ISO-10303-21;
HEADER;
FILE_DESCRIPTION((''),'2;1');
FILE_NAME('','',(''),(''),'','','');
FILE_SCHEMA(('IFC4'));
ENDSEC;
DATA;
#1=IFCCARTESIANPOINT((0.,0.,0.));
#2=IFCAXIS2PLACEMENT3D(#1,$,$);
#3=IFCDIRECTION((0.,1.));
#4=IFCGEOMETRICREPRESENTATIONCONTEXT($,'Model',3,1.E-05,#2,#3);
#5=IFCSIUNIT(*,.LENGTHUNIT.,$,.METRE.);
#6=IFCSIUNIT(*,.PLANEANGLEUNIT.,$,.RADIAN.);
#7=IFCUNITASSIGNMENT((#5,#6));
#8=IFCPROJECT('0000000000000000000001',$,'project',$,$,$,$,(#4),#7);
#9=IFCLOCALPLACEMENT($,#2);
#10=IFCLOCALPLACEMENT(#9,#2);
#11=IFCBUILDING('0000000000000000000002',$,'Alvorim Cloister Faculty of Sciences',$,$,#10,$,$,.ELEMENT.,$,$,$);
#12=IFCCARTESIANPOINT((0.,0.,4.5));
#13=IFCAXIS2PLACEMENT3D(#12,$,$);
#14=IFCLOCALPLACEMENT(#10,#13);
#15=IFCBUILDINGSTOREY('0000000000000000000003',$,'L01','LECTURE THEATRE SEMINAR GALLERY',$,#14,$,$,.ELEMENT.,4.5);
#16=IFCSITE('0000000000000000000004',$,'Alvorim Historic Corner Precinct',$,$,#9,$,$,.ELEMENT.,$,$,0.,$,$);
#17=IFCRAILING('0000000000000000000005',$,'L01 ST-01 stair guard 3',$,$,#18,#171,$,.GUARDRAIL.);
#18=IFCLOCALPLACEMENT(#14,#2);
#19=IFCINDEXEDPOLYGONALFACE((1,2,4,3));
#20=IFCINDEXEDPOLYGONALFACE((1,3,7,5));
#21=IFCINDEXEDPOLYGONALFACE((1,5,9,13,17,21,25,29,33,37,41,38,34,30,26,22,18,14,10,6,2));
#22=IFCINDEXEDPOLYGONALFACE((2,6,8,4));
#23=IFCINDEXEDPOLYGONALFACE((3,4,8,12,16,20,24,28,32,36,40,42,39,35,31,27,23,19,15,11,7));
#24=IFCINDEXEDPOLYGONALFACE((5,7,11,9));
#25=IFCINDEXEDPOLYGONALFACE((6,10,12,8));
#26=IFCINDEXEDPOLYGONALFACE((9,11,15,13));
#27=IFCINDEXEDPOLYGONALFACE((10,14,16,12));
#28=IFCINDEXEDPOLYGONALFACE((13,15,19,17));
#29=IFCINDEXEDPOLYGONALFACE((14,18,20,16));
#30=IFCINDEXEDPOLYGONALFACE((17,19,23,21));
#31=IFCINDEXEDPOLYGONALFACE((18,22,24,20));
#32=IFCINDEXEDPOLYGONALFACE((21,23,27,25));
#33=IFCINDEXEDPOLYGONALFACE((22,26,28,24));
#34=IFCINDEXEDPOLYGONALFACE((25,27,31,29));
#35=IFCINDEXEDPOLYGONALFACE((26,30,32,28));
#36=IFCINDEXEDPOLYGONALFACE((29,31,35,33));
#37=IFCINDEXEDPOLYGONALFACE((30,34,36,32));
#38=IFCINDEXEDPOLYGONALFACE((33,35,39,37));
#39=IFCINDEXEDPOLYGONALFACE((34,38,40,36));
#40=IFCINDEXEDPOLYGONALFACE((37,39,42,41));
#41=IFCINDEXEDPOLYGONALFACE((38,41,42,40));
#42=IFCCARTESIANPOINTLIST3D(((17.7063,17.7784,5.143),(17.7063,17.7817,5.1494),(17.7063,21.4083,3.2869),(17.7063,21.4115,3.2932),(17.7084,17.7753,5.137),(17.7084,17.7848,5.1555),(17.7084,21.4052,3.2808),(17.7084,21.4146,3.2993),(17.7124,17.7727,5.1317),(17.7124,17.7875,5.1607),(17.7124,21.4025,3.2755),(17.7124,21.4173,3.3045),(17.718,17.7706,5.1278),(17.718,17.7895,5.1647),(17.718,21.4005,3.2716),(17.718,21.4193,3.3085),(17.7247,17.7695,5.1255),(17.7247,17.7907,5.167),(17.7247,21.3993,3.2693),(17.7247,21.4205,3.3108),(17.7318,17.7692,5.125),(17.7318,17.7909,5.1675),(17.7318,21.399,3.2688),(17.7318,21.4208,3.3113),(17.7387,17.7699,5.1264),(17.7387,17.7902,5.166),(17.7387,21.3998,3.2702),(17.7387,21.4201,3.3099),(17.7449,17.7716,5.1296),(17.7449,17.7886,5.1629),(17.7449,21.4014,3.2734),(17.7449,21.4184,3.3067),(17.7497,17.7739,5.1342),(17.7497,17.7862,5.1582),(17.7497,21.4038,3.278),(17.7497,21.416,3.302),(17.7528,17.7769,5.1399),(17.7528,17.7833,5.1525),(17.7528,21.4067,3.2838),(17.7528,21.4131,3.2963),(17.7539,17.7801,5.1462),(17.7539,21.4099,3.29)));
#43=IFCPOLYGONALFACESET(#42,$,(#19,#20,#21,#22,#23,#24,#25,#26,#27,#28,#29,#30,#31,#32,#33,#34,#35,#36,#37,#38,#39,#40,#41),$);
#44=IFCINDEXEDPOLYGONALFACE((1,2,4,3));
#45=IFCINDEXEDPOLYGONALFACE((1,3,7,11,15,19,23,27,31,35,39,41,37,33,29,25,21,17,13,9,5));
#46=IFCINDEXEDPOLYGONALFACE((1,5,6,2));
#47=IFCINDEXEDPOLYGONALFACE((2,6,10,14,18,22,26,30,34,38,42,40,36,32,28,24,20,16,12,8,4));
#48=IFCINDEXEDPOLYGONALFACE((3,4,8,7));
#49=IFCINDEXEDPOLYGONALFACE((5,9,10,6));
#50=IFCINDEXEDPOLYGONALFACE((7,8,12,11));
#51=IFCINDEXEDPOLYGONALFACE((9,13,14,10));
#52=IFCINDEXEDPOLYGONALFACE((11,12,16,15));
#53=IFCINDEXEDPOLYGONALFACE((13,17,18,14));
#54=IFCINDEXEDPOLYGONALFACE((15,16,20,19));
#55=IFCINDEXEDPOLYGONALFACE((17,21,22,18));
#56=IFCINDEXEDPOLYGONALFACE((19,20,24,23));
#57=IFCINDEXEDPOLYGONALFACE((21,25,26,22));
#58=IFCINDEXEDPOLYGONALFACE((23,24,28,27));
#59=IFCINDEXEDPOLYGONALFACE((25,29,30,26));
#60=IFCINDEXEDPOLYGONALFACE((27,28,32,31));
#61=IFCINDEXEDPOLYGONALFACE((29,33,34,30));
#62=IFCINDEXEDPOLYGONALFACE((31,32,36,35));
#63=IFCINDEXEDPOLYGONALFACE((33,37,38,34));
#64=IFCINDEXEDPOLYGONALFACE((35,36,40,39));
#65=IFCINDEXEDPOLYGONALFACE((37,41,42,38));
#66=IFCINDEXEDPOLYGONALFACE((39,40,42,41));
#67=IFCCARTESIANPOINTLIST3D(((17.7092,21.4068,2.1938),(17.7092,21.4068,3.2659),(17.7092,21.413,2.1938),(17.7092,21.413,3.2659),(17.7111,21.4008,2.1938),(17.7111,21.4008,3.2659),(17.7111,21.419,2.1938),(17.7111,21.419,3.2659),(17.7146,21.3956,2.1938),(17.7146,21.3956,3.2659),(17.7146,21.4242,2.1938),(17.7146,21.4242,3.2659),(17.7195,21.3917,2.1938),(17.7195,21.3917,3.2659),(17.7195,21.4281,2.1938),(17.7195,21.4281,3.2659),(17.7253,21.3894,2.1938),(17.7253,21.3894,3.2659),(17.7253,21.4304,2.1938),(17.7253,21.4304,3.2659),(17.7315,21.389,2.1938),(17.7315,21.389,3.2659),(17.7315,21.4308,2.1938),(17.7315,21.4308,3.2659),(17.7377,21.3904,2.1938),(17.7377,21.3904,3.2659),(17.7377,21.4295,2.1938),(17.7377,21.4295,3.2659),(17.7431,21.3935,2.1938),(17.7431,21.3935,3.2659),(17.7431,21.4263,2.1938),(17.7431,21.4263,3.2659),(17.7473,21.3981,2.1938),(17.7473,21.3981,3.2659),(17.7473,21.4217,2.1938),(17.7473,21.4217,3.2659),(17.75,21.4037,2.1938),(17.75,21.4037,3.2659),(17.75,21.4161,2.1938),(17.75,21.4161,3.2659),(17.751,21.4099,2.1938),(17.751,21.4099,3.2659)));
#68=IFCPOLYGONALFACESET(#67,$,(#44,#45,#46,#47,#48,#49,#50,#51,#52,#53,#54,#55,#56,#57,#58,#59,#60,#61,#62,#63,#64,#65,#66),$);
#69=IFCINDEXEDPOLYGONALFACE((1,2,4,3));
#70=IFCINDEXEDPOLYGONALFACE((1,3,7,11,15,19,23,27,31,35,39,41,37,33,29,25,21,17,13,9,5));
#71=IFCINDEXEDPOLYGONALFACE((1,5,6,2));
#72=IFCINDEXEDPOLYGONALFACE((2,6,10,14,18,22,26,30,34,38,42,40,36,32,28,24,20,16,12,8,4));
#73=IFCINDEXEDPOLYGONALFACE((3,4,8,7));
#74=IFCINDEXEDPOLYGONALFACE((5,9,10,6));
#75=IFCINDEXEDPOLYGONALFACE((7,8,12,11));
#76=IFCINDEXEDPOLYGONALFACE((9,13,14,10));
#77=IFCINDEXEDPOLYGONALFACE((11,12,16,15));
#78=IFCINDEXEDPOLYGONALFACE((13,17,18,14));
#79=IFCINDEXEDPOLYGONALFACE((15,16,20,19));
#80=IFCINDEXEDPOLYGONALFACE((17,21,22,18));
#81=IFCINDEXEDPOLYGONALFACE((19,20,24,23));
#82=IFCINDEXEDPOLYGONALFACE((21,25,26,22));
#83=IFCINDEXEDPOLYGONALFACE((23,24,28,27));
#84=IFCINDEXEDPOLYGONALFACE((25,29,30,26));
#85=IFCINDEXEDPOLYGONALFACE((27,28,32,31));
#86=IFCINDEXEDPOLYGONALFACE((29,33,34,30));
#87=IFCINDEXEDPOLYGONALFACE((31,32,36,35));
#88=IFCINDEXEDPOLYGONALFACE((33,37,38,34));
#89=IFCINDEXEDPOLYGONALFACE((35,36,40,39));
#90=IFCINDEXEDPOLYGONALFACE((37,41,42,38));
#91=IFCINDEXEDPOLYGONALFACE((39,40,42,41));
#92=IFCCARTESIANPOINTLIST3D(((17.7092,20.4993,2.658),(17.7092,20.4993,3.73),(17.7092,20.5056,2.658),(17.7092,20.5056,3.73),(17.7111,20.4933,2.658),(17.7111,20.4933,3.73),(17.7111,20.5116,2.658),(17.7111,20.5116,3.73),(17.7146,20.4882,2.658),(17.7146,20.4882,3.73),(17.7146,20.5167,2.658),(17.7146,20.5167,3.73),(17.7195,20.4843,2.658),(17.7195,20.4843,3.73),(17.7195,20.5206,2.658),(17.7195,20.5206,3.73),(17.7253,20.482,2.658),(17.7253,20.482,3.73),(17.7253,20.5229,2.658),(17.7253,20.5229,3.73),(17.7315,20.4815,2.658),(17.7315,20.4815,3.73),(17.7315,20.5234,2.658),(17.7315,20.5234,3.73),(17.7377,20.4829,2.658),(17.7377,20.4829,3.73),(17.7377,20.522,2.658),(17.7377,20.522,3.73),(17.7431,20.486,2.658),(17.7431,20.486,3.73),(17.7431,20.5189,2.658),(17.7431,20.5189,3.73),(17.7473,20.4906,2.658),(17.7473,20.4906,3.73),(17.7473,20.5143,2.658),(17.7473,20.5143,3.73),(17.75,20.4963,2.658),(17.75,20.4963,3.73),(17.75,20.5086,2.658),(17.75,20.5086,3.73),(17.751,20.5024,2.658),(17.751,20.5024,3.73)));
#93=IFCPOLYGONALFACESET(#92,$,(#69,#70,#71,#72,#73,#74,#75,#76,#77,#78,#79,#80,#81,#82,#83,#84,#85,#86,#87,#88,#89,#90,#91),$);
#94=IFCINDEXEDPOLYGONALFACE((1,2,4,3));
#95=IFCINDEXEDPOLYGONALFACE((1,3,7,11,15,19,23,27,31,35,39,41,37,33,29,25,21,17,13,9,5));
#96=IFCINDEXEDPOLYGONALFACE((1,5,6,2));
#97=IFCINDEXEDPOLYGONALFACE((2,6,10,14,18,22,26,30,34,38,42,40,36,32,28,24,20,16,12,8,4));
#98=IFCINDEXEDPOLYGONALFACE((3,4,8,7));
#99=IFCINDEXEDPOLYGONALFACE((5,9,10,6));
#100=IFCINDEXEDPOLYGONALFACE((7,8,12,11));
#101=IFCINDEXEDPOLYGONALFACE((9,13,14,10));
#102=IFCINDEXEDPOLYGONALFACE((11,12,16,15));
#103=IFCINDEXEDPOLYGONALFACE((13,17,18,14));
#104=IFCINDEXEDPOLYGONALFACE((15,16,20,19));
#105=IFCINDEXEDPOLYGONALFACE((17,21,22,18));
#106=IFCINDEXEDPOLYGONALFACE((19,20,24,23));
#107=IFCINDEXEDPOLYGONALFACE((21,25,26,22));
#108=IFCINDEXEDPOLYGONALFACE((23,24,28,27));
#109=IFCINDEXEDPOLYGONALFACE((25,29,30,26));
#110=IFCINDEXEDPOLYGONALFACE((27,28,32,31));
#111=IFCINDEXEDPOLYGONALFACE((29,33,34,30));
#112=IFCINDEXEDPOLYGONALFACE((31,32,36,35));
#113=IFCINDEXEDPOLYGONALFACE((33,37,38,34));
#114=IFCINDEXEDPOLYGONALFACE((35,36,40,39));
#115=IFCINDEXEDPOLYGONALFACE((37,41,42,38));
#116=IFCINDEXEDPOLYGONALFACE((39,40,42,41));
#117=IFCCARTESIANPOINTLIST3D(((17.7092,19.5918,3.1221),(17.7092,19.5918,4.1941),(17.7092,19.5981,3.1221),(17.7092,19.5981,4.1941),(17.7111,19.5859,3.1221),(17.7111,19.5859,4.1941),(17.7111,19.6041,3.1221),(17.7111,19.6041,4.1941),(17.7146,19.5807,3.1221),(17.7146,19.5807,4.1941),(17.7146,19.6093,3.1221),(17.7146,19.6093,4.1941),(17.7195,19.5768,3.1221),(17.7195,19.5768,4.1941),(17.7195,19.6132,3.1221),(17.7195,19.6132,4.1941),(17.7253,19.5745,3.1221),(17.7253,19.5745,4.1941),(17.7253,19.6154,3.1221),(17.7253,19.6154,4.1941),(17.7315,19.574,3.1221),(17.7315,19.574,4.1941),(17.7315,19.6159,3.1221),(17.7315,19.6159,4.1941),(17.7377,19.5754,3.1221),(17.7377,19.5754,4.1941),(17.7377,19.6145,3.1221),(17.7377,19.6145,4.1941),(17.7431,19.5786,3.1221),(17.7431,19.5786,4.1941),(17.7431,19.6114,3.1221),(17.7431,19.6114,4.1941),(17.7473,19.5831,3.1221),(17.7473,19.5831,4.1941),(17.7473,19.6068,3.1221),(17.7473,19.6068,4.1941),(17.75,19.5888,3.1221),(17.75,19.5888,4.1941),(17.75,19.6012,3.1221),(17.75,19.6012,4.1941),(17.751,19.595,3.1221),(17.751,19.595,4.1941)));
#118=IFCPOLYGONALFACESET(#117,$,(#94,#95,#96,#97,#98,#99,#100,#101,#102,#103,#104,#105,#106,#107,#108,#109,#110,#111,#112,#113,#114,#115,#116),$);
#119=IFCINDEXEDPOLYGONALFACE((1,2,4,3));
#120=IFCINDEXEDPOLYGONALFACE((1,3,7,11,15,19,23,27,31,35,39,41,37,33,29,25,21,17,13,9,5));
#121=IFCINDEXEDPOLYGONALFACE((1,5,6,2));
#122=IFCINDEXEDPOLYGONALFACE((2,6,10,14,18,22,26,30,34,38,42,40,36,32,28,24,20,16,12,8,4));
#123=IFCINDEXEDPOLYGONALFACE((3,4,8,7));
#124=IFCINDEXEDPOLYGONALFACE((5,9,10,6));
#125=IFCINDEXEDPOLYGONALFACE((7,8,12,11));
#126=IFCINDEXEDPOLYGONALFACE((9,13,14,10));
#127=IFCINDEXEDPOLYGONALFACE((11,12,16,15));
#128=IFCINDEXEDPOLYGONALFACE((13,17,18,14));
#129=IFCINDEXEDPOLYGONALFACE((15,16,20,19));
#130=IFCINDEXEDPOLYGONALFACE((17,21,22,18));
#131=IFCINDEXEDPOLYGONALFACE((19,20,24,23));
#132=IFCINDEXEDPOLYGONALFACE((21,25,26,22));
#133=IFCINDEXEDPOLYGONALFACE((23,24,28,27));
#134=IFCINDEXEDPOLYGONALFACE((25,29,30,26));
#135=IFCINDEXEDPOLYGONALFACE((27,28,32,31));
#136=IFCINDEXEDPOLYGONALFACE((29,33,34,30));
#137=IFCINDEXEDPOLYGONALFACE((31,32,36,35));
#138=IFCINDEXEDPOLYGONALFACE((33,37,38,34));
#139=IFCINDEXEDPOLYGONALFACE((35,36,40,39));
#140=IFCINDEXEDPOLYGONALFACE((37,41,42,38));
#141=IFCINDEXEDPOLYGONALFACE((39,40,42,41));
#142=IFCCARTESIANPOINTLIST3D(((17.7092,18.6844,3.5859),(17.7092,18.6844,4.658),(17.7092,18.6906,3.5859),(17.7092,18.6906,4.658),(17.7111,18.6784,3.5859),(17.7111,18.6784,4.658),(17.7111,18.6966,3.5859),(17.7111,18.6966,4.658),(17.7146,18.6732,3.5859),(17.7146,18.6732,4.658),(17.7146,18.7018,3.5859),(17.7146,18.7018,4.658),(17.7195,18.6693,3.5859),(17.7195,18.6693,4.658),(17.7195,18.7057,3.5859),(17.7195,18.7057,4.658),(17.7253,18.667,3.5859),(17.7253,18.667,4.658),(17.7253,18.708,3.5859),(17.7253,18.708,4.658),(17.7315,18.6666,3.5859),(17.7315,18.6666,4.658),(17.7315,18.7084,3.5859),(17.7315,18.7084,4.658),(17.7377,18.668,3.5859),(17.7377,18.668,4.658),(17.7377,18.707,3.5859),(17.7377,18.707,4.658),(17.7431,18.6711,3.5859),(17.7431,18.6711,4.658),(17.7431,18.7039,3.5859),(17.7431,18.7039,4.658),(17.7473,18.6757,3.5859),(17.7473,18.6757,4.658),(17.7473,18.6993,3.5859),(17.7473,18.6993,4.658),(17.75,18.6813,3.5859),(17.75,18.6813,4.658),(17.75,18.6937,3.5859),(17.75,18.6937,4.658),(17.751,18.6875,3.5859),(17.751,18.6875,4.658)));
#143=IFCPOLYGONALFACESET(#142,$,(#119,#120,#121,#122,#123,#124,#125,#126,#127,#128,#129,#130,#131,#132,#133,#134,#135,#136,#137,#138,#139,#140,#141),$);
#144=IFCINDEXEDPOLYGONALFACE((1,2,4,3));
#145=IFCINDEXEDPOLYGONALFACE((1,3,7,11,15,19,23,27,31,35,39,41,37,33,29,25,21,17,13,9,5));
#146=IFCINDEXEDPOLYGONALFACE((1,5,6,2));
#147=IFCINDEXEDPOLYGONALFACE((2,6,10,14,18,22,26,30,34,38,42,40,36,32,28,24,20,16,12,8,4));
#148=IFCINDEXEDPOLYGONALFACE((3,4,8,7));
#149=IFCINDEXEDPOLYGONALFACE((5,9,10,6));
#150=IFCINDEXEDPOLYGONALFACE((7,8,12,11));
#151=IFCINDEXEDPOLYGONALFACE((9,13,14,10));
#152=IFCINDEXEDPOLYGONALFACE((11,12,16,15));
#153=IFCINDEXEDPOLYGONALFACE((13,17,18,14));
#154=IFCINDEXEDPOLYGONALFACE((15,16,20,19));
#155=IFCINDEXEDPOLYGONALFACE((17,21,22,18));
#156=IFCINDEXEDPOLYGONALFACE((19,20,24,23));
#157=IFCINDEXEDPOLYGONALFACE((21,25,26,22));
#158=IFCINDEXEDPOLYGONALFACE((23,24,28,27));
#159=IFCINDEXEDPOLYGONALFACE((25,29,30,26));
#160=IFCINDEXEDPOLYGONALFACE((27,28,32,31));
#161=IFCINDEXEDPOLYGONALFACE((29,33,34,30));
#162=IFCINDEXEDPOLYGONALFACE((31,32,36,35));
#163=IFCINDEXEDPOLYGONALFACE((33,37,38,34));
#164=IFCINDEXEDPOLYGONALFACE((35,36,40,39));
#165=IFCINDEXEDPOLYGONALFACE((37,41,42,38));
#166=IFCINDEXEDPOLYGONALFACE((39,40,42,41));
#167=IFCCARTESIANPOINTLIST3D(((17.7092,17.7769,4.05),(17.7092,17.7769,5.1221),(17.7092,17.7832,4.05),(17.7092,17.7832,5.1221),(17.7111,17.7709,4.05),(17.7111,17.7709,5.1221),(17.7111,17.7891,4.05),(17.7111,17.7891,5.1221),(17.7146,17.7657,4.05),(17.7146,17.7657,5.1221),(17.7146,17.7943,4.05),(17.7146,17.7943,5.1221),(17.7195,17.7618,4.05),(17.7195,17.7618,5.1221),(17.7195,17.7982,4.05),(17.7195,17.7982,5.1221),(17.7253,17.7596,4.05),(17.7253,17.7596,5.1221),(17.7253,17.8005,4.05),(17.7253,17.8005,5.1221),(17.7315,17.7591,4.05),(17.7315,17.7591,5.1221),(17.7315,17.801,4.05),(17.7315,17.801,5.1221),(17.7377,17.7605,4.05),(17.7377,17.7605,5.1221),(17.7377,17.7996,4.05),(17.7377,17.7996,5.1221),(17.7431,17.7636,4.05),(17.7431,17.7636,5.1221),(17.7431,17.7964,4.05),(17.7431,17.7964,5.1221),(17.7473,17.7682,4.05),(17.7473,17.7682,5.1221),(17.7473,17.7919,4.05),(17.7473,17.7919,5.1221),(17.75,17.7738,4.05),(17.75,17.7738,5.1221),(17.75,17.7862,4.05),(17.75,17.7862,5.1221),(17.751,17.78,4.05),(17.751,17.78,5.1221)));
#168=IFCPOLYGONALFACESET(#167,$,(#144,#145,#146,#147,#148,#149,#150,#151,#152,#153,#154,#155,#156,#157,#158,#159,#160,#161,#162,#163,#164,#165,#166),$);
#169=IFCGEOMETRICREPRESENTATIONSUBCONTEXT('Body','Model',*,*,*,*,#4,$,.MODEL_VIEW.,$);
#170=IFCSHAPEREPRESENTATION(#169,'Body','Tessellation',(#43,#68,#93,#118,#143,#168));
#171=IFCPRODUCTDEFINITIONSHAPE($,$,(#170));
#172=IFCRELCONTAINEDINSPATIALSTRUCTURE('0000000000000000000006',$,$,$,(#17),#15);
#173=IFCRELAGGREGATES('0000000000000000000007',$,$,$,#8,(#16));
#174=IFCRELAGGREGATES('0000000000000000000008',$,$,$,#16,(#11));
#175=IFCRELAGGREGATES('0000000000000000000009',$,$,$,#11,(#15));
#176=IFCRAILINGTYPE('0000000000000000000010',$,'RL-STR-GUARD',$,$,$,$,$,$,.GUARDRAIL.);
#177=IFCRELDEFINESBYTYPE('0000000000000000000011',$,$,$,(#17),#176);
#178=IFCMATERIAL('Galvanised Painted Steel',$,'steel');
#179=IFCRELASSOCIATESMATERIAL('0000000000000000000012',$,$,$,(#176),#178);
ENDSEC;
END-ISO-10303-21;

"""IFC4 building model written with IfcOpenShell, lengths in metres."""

from ifc_helpers import new_model, si_unit, direction, frame, origin, origin_2d, place, context, subcontext, project, spatial, circle, extrude, material, type_object, element, save


model = new_model("IFC4")

# Units and contexts
model_context = context("Model", 3, precision=1e-05, world=origin(), true_north=direction((0.0, 1.0)))
body_context = subcontext(model_context, "Body", "Model", "MODEL_VIEW")
ifc_project = project(units=[si_unit("LENGTHUNIT", "METRE"), si_unit("PLANEANGLEUNIT", "RADIAN")], contexts=[model_context])

# Site, building, storey
site_placement = place(None, origin())
site = spatial("IfcSite", under=ifc_project, at=site_placement, Name="Alvorim Historic Corner Precinct", CompositionType="ELEMENT", RefElevation=0.0)
building_placement = place(site_placement, origin())
building = spatial("IfcBuilding", under=site, at=building_placement, Name="Alvorim Cloister Faculty of Sciences", CompositionType="ELEMENT")
storey_placement = place(building_placement, frame((0.0, 0.0, 4.5)))
storey = spatial("IfcBuildingStorey", under=building, at=storey_placement, Name="L01", Description="LECTURE THEATRE SEMINAR GALLERY", CompositionType="ELEMENT", Elevation=4.5)

# Railing
ifc_material_1 = material(Name="Galvanised Painted Steel", Category="steel")
railing_type_1 = type_object("IfcRailingType", Name="RL-STR-GUARD", PredefinedType="GUARDRAIL", material=ifc_material_1)
railing_1_placement = place(storey_placement, frame((17.73, 21.4099, 2.1938)))
element("IfcRailing", 1, at=railing_1_placement, inside=storey, type_object=railing_type_1, Name="L01 ST-01 stair guard 3", PredefinedType="GUARDRAIL", context=body_context, shape_type="SweptSolid", body=[
    extrude(circle(Radius=0.0239, at=origin_2d()), frame((0.0, 0.0, 1.0962), z_axis=(0.0, -0.890342, 0.455291), x_axis=(1.0, 0.0, 0.0)), (0.0, 0.0, 1.0), 4.0769),
    extrude(circle(Radius=0.021, at=origin_2d()), origin(), (0.0, 0.0, 1.0), 1.072),
    extrude(circle(Radius=0.021, at=origin_2d()), frame((0.0, -0.9075, 0.4641)), (0.0, 0.0, 1.0), 1.072),
    extrude(circle(Radius=0.021, at=origin_2d()), frame((0.0, -1.8149, 0.9282)), (0.0, 0.0, 1.0), 1.072),
    extrude(circle(Radius=0.021, at=origin_2d()), frame((0.0, -2.7224, 1.3921)), (0.0, 0.0, 1.0), 1.072),
    extrude(circle(Radius=0.021, at=origin_2d()), frame((0.0, -3.6299, 1.8562)), (0.0, 0.0, 1.0), 1.072),
])

save(model, "model.ifc")
